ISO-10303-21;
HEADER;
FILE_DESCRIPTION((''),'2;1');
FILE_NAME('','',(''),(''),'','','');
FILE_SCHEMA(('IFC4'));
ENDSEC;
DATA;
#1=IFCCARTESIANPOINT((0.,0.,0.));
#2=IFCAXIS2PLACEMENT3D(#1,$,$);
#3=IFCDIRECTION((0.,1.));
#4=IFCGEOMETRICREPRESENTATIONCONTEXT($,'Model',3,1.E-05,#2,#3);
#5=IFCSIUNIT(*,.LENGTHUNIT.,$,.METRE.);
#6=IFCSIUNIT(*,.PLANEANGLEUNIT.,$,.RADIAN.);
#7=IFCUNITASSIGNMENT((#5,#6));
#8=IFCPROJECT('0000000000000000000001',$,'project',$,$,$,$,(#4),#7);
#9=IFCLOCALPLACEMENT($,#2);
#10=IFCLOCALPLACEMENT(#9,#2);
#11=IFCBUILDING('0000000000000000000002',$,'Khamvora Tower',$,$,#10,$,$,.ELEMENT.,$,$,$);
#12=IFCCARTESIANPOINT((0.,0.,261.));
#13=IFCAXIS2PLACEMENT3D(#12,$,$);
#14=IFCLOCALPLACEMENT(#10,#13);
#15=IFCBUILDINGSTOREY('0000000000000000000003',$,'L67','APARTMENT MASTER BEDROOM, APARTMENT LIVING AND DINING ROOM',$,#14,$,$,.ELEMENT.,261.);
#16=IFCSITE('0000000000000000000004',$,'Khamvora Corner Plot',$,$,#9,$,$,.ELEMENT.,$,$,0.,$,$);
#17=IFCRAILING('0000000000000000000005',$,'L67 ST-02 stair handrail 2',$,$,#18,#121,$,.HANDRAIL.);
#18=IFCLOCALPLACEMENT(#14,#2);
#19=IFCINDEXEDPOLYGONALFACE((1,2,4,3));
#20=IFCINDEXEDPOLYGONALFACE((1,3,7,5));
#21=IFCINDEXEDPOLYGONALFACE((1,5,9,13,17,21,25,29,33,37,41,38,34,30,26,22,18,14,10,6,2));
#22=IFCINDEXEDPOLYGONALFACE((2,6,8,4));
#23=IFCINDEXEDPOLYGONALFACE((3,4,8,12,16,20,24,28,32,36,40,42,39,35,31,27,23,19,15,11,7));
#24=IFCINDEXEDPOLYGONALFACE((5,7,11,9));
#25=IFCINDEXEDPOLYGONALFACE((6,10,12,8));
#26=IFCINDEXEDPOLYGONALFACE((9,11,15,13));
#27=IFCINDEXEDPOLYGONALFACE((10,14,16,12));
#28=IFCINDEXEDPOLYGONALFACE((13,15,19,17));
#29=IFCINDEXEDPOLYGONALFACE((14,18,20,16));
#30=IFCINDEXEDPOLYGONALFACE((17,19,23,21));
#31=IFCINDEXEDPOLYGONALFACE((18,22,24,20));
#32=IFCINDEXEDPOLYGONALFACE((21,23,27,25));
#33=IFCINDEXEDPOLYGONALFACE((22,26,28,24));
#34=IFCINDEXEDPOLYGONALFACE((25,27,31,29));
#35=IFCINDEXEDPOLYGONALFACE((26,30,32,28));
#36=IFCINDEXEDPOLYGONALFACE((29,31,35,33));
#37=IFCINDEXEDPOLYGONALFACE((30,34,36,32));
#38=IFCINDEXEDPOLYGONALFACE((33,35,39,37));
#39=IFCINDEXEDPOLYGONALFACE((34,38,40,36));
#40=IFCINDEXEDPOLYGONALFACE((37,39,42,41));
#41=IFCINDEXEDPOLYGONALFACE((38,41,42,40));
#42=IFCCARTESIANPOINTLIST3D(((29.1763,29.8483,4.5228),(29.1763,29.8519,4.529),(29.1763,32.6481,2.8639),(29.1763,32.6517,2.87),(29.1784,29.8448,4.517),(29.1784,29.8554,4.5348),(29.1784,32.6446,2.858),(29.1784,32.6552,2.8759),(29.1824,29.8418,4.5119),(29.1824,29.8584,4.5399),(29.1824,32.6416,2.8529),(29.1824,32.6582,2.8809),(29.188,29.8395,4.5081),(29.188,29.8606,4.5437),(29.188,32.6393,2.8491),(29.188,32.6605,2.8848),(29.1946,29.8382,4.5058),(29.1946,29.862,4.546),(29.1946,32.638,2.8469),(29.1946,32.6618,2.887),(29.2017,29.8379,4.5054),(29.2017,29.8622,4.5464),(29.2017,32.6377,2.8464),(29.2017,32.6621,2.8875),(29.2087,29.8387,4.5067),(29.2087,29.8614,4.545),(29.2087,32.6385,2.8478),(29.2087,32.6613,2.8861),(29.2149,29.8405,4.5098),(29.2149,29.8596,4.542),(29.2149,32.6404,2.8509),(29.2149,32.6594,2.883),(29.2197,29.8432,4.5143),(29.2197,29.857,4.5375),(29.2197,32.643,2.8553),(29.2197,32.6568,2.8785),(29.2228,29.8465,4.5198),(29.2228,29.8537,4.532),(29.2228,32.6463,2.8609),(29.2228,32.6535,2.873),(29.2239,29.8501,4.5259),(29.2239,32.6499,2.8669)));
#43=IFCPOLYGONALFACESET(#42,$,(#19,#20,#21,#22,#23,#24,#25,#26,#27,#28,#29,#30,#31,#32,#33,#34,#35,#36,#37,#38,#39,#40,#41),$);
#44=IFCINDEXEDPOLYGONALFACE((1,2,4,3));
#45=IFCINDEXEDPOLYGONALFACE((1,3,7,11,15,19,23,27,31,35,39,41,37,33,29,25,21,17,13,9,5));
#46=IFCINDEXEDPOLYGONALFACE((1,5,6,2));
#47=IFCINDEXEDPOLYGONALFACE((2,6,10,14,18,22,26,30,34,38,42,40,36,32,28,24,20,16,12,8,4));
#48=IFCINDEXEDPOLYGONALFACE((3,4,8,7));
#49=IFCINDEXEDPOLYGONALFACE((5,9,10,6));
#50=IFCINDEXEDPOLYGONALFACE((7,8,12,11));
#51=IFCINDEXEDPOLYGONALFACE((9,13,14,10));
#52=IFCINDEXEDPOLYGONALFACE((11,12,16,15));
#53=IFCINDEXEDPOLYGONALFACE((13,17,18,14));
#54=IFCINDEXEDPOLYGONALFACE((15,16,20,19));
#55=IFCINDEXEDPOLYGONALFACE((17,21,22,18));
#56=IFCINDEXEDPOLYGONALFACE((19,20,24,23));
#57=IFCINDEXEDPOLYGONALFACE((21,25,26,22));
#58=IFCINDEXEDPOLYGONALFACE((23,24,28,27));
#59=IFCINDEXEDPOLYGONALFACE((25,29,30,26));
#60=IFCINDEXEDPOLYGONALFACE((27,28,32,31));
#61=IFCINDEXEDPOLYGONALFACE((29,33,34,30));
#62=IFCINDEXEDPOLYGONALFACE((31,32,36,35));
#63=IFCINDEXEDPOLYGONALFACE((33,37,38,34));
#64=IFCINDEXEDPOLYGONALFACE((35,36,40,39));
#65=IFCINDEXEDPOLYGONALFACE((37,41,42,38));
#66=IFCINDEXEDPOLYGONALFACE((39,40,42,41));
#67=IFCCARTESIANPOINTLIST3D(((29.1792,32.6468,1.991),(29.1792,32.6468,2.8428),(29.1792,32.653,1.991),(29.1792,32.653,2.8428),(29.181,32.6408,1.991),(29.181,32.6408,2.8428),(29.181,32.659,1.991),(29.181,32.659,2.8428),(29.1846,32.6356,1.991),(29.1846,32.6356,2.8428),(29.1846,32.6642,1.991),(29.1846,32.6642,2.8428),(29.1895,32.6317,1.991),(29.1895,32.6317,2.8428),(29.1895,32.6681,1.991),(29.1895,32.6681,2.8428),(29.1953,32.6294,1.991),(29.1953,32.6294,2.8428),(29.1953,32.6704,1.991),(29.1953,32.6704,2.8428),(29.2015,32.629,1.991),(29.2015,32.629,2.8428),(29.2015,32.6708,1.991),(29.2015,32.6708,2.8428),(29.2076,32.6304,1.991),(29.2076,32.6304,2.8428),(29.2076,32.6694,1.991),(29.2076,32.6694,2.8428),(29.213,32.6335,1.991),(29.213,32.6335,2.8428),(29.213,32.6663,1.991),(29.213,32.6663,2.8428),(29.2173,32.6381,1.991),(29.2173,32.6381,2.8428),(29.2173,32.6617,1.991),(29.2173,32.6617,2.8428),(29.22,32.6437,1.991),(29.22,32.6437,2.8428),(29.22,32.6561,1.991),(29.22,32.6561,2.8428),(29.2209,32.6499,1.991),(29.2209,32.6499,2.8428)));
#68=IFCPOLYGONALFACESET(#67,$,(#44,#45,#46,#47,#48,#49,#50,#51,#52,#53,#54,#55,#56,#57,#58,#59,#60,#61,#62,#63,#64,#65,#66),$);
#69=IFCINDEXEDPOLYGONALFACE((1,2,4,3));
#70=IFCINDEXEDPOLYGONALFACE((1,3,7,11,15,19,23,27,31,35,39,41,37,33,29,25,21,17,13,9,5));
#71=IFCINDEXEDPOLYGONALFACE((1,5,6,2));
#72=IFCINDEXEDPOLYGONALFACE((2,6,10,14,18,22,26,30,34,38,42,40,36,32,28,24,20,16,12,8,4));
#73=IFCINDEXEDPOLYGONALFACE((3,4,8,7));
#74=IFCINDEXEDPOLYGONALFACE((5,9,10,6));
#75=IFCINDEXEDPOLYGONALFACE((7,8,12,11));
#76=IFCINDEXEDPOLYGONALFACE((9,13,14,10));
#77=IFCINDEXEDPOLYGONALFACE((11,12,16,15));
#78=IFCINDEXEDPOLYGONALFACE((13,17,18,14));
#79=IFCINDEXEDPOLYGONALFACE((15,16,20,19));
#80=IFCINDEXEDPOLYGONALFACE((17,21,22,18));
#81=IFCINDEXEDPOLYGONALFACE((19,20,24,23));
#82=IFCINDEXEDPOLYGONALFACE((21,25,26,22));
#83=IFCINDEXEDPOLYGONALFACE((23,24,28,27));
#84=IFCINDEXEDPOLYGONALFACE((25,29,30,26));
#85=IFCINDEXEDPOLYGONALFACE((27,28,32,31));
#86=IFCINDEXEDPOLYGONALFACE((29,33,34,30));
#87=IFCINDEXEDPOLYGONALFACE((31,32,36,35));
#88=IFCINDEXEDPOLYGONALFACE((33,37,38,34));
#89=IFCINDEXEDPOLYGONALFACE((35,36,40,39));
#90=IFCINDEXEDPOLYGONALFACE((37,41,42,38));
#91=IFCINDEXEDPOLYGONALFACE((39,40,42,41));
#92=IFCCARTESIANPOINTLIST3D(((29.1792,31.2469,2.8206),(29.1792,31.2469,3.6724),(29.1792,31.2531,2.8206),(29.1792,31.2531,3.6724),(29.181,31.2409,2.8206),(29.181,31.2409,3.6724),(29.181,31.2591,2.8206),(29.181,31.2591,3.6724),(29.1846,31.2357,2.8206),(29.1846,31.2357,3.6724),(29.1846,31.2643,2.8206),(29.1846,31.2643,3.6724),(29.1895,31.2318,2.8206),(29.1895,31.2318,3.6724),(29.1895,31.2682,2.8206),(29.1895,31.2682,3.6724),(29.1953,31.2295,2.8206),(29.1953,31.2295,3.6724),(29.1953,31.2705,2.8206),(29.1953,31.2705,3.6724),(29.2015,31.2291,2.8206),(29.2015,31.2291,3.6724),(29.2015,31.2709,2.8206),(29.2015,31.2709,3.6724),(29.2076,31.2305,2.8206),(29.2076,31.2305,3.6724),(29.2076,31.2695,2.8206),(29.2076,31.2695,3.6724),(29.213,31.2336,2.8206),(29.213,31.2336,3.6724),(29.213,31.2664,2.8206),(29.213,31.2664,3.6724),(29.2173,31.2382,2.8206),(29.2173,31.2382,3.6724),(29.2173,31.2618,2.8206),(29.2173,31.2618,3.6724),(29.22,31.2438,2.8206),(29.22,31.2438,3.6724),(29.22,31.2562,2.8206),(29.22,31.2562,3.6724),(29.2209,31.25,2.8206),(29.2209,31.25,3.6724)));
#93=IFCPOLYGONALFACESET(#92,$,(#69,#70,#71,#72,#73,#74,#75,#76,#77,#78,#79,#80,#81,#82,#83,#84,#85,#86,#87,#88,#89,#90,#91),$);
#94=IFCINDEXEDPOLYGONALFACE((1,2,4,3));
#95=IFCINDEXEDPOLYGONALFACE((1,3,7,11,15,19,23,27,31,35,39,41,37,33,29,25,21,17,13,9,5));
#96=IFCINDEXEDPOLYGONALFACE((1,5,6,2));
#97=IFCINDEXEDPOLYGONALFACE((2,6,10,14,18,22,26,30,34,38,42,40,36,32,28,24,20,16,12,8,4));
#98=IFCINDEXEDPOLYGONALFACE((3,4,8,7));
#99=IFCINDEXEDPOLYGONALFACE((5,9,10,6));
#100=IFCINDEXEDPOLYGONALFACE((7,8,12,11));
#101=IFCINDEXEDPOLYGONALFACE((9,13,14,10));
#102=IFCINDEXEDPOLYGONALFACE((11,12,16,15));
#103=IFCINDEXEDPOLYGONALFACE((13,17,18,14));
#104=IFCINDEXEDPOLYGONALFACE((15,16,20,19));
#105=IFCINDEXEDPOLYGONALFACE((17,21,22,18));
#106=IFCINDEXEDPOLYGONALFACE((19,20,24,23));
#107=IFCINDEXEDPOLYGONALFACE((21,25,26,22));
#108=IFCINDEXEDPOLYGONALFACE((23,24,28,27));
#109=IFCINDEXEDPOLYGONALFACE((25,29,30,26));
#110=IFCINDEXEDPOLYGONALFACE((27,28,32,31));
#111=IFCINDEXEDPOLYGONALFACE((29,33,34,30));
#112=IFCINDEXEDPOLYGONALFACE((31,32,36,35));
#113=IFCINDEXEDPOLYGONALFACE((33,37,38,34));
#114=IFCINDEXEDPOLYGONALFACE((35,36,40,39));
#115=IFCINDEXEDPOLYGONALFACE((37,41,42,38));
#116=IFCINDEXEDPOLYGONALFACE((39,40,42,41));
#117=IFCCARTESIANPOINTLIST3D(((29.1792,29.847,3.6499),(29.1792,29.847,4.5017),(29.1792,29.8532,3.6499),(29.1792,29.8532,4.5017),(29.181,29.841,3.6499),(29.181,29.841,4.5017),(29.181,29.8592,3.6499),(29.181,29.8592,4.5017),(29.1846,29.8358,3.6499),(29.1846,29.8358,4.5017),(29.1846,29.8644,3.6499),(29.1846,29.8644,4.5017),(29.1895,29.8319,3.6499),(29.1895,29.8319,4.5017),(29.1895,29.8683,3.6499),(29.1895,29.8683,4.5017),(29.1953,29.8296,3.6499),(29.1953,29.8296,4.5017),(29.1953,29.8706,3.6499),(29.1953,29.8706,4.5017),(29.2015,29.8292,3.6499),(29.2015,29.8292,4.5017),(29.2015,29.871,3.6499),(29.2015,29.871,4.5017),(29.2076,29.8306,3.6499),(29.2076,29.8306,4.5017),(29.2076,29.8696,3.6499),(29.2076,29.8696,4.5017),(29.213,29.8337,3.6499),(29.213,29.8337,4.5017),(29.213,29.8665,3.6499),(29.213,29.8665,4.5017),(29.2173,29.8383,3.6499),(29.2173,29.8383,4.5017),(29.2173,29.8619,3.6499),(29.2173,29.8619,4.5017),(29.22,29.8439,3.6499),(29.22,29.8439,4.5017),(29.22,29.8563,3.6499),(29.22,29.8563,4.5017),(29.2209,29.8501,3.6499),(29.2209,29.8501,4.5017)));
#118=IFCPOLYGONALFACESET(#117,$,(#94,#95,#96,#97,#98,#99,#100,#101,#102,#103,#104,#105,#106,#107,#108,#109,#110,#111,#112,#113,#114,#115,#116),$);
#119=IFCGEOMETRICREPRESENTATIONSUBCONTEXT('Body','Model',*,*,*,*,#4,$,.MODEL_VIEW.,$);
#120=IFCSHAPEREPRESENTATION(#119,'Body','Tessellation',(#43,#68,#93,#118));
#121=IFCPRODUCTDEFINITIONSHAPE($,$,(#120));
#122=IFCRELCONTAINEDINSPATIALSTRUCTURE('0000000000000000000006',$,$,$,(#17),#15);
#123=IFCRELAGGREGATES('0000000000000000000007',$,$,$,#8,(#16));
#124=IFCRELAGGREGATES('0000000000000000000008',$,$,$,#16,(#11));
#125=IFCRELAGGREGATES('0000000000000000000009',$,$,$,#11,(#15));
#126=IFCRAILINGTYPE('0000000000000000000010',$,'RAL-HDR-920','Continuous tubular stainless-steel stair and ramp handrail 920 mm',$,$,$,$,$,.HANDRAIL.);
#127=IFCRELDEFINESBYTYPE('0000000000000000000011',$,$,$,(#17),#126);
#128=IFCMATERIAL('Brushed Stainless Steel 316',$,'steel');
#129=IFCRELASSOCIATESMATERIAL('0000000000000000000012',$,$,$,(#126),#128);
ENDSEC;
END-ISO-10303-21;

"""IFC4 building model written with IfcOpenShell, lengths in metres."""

from ifc_helpers import new_model, si_unit, direction, frame, origin, origin_2d, place, context, subcontext, project, spatial, circle, extrude, material, type_object, element, save


model = new_model("IFC4")

# Units and contexts
model_context = context("Model", 3, precision=1e-05, world=origin(), true_north=direction((0.0, 1.0)))
body_context = subcontext(model_context, "Body", "Model", "MODEL_VIEW")
ifc_project = project(units=[si_unit("LENGTHUNIT", "METRE"), si_unit("PLANEANGLEUNIT", "RADIAN")], contexts=[model_context])

# Site, building, storey
site_placement = place(None, origin())
site = spatial("IfcSite", under=ifc_project, at=site_placement, Name="Khamvora Corner Plot", CompositionType="ELEMENT", RefElevation=0.0)
building_placement = place(site_placement, origin())
building = spatial("IfcBuilding", under=site, at=building_placement, Name="Khamvora Tower", CompositionType="ELEMENT")
storey_placement = place(building_placement, frame((0.0, 0.0, 261.0)))
storey = spatial("IfcBuildingStorey", under=building, at=storey_placement, Name="L67", Description="APARTMENT MASTER BEDROOM, APARTMENT LIVING AND DINING ROOM", CompositionType="ELEMENT", Elevation=261.0)

# Railing
ifc_material_1 = material(Name="Brushed Stainless Steel 316", Category="steel")
railing_type_1 = type_object("IfcRailingType", Name="RAL-HDR-920", Description="Continuous tubular stainless-steel stair and ramp handrail 920 mm", PredefinedType="HANDRAIL", material=ifc_material_1)
railing_1_placement = place(storey_placement, frame((29.2, 32.6499, 1.991)))
element("IfcRailing", 1, at=railing_1_placement, inside=storey, type_object=railing_type_1, Name="L67 ST-02 stair handrail 2", PredefinedType="HANDRAIL", context=body_context, shape_type="SweptSolid", body=[
    extrude(circle(Radius=0.0239, at=origin_2d()), frame((0.0, 0.0, 0.876), z_axis=(0.0, -0.86032, 0.509755), x_axis=(1.0, 0.0, 0.0)), (0.0, 0.0, 1.0), 3.2544),
    extrude(circle(Radius=0.021, at=origin_2d()), origin(), (0.0, 0.0, 1.0), 0.8518),
    extrude(circle(Radius=0.021, at=origin_2d()), frame((0.0, -1.3999, 0.8296)), (0.0, 0.0, 1.0), 0.8518),
    extrude(circle(Radius=0.021, at=origin_2d()), frame((0.0, -2.7998, 1.6589)), (0.0, 0.0, 1.0), 0.8518),
])

save(model, "model.ifc")
